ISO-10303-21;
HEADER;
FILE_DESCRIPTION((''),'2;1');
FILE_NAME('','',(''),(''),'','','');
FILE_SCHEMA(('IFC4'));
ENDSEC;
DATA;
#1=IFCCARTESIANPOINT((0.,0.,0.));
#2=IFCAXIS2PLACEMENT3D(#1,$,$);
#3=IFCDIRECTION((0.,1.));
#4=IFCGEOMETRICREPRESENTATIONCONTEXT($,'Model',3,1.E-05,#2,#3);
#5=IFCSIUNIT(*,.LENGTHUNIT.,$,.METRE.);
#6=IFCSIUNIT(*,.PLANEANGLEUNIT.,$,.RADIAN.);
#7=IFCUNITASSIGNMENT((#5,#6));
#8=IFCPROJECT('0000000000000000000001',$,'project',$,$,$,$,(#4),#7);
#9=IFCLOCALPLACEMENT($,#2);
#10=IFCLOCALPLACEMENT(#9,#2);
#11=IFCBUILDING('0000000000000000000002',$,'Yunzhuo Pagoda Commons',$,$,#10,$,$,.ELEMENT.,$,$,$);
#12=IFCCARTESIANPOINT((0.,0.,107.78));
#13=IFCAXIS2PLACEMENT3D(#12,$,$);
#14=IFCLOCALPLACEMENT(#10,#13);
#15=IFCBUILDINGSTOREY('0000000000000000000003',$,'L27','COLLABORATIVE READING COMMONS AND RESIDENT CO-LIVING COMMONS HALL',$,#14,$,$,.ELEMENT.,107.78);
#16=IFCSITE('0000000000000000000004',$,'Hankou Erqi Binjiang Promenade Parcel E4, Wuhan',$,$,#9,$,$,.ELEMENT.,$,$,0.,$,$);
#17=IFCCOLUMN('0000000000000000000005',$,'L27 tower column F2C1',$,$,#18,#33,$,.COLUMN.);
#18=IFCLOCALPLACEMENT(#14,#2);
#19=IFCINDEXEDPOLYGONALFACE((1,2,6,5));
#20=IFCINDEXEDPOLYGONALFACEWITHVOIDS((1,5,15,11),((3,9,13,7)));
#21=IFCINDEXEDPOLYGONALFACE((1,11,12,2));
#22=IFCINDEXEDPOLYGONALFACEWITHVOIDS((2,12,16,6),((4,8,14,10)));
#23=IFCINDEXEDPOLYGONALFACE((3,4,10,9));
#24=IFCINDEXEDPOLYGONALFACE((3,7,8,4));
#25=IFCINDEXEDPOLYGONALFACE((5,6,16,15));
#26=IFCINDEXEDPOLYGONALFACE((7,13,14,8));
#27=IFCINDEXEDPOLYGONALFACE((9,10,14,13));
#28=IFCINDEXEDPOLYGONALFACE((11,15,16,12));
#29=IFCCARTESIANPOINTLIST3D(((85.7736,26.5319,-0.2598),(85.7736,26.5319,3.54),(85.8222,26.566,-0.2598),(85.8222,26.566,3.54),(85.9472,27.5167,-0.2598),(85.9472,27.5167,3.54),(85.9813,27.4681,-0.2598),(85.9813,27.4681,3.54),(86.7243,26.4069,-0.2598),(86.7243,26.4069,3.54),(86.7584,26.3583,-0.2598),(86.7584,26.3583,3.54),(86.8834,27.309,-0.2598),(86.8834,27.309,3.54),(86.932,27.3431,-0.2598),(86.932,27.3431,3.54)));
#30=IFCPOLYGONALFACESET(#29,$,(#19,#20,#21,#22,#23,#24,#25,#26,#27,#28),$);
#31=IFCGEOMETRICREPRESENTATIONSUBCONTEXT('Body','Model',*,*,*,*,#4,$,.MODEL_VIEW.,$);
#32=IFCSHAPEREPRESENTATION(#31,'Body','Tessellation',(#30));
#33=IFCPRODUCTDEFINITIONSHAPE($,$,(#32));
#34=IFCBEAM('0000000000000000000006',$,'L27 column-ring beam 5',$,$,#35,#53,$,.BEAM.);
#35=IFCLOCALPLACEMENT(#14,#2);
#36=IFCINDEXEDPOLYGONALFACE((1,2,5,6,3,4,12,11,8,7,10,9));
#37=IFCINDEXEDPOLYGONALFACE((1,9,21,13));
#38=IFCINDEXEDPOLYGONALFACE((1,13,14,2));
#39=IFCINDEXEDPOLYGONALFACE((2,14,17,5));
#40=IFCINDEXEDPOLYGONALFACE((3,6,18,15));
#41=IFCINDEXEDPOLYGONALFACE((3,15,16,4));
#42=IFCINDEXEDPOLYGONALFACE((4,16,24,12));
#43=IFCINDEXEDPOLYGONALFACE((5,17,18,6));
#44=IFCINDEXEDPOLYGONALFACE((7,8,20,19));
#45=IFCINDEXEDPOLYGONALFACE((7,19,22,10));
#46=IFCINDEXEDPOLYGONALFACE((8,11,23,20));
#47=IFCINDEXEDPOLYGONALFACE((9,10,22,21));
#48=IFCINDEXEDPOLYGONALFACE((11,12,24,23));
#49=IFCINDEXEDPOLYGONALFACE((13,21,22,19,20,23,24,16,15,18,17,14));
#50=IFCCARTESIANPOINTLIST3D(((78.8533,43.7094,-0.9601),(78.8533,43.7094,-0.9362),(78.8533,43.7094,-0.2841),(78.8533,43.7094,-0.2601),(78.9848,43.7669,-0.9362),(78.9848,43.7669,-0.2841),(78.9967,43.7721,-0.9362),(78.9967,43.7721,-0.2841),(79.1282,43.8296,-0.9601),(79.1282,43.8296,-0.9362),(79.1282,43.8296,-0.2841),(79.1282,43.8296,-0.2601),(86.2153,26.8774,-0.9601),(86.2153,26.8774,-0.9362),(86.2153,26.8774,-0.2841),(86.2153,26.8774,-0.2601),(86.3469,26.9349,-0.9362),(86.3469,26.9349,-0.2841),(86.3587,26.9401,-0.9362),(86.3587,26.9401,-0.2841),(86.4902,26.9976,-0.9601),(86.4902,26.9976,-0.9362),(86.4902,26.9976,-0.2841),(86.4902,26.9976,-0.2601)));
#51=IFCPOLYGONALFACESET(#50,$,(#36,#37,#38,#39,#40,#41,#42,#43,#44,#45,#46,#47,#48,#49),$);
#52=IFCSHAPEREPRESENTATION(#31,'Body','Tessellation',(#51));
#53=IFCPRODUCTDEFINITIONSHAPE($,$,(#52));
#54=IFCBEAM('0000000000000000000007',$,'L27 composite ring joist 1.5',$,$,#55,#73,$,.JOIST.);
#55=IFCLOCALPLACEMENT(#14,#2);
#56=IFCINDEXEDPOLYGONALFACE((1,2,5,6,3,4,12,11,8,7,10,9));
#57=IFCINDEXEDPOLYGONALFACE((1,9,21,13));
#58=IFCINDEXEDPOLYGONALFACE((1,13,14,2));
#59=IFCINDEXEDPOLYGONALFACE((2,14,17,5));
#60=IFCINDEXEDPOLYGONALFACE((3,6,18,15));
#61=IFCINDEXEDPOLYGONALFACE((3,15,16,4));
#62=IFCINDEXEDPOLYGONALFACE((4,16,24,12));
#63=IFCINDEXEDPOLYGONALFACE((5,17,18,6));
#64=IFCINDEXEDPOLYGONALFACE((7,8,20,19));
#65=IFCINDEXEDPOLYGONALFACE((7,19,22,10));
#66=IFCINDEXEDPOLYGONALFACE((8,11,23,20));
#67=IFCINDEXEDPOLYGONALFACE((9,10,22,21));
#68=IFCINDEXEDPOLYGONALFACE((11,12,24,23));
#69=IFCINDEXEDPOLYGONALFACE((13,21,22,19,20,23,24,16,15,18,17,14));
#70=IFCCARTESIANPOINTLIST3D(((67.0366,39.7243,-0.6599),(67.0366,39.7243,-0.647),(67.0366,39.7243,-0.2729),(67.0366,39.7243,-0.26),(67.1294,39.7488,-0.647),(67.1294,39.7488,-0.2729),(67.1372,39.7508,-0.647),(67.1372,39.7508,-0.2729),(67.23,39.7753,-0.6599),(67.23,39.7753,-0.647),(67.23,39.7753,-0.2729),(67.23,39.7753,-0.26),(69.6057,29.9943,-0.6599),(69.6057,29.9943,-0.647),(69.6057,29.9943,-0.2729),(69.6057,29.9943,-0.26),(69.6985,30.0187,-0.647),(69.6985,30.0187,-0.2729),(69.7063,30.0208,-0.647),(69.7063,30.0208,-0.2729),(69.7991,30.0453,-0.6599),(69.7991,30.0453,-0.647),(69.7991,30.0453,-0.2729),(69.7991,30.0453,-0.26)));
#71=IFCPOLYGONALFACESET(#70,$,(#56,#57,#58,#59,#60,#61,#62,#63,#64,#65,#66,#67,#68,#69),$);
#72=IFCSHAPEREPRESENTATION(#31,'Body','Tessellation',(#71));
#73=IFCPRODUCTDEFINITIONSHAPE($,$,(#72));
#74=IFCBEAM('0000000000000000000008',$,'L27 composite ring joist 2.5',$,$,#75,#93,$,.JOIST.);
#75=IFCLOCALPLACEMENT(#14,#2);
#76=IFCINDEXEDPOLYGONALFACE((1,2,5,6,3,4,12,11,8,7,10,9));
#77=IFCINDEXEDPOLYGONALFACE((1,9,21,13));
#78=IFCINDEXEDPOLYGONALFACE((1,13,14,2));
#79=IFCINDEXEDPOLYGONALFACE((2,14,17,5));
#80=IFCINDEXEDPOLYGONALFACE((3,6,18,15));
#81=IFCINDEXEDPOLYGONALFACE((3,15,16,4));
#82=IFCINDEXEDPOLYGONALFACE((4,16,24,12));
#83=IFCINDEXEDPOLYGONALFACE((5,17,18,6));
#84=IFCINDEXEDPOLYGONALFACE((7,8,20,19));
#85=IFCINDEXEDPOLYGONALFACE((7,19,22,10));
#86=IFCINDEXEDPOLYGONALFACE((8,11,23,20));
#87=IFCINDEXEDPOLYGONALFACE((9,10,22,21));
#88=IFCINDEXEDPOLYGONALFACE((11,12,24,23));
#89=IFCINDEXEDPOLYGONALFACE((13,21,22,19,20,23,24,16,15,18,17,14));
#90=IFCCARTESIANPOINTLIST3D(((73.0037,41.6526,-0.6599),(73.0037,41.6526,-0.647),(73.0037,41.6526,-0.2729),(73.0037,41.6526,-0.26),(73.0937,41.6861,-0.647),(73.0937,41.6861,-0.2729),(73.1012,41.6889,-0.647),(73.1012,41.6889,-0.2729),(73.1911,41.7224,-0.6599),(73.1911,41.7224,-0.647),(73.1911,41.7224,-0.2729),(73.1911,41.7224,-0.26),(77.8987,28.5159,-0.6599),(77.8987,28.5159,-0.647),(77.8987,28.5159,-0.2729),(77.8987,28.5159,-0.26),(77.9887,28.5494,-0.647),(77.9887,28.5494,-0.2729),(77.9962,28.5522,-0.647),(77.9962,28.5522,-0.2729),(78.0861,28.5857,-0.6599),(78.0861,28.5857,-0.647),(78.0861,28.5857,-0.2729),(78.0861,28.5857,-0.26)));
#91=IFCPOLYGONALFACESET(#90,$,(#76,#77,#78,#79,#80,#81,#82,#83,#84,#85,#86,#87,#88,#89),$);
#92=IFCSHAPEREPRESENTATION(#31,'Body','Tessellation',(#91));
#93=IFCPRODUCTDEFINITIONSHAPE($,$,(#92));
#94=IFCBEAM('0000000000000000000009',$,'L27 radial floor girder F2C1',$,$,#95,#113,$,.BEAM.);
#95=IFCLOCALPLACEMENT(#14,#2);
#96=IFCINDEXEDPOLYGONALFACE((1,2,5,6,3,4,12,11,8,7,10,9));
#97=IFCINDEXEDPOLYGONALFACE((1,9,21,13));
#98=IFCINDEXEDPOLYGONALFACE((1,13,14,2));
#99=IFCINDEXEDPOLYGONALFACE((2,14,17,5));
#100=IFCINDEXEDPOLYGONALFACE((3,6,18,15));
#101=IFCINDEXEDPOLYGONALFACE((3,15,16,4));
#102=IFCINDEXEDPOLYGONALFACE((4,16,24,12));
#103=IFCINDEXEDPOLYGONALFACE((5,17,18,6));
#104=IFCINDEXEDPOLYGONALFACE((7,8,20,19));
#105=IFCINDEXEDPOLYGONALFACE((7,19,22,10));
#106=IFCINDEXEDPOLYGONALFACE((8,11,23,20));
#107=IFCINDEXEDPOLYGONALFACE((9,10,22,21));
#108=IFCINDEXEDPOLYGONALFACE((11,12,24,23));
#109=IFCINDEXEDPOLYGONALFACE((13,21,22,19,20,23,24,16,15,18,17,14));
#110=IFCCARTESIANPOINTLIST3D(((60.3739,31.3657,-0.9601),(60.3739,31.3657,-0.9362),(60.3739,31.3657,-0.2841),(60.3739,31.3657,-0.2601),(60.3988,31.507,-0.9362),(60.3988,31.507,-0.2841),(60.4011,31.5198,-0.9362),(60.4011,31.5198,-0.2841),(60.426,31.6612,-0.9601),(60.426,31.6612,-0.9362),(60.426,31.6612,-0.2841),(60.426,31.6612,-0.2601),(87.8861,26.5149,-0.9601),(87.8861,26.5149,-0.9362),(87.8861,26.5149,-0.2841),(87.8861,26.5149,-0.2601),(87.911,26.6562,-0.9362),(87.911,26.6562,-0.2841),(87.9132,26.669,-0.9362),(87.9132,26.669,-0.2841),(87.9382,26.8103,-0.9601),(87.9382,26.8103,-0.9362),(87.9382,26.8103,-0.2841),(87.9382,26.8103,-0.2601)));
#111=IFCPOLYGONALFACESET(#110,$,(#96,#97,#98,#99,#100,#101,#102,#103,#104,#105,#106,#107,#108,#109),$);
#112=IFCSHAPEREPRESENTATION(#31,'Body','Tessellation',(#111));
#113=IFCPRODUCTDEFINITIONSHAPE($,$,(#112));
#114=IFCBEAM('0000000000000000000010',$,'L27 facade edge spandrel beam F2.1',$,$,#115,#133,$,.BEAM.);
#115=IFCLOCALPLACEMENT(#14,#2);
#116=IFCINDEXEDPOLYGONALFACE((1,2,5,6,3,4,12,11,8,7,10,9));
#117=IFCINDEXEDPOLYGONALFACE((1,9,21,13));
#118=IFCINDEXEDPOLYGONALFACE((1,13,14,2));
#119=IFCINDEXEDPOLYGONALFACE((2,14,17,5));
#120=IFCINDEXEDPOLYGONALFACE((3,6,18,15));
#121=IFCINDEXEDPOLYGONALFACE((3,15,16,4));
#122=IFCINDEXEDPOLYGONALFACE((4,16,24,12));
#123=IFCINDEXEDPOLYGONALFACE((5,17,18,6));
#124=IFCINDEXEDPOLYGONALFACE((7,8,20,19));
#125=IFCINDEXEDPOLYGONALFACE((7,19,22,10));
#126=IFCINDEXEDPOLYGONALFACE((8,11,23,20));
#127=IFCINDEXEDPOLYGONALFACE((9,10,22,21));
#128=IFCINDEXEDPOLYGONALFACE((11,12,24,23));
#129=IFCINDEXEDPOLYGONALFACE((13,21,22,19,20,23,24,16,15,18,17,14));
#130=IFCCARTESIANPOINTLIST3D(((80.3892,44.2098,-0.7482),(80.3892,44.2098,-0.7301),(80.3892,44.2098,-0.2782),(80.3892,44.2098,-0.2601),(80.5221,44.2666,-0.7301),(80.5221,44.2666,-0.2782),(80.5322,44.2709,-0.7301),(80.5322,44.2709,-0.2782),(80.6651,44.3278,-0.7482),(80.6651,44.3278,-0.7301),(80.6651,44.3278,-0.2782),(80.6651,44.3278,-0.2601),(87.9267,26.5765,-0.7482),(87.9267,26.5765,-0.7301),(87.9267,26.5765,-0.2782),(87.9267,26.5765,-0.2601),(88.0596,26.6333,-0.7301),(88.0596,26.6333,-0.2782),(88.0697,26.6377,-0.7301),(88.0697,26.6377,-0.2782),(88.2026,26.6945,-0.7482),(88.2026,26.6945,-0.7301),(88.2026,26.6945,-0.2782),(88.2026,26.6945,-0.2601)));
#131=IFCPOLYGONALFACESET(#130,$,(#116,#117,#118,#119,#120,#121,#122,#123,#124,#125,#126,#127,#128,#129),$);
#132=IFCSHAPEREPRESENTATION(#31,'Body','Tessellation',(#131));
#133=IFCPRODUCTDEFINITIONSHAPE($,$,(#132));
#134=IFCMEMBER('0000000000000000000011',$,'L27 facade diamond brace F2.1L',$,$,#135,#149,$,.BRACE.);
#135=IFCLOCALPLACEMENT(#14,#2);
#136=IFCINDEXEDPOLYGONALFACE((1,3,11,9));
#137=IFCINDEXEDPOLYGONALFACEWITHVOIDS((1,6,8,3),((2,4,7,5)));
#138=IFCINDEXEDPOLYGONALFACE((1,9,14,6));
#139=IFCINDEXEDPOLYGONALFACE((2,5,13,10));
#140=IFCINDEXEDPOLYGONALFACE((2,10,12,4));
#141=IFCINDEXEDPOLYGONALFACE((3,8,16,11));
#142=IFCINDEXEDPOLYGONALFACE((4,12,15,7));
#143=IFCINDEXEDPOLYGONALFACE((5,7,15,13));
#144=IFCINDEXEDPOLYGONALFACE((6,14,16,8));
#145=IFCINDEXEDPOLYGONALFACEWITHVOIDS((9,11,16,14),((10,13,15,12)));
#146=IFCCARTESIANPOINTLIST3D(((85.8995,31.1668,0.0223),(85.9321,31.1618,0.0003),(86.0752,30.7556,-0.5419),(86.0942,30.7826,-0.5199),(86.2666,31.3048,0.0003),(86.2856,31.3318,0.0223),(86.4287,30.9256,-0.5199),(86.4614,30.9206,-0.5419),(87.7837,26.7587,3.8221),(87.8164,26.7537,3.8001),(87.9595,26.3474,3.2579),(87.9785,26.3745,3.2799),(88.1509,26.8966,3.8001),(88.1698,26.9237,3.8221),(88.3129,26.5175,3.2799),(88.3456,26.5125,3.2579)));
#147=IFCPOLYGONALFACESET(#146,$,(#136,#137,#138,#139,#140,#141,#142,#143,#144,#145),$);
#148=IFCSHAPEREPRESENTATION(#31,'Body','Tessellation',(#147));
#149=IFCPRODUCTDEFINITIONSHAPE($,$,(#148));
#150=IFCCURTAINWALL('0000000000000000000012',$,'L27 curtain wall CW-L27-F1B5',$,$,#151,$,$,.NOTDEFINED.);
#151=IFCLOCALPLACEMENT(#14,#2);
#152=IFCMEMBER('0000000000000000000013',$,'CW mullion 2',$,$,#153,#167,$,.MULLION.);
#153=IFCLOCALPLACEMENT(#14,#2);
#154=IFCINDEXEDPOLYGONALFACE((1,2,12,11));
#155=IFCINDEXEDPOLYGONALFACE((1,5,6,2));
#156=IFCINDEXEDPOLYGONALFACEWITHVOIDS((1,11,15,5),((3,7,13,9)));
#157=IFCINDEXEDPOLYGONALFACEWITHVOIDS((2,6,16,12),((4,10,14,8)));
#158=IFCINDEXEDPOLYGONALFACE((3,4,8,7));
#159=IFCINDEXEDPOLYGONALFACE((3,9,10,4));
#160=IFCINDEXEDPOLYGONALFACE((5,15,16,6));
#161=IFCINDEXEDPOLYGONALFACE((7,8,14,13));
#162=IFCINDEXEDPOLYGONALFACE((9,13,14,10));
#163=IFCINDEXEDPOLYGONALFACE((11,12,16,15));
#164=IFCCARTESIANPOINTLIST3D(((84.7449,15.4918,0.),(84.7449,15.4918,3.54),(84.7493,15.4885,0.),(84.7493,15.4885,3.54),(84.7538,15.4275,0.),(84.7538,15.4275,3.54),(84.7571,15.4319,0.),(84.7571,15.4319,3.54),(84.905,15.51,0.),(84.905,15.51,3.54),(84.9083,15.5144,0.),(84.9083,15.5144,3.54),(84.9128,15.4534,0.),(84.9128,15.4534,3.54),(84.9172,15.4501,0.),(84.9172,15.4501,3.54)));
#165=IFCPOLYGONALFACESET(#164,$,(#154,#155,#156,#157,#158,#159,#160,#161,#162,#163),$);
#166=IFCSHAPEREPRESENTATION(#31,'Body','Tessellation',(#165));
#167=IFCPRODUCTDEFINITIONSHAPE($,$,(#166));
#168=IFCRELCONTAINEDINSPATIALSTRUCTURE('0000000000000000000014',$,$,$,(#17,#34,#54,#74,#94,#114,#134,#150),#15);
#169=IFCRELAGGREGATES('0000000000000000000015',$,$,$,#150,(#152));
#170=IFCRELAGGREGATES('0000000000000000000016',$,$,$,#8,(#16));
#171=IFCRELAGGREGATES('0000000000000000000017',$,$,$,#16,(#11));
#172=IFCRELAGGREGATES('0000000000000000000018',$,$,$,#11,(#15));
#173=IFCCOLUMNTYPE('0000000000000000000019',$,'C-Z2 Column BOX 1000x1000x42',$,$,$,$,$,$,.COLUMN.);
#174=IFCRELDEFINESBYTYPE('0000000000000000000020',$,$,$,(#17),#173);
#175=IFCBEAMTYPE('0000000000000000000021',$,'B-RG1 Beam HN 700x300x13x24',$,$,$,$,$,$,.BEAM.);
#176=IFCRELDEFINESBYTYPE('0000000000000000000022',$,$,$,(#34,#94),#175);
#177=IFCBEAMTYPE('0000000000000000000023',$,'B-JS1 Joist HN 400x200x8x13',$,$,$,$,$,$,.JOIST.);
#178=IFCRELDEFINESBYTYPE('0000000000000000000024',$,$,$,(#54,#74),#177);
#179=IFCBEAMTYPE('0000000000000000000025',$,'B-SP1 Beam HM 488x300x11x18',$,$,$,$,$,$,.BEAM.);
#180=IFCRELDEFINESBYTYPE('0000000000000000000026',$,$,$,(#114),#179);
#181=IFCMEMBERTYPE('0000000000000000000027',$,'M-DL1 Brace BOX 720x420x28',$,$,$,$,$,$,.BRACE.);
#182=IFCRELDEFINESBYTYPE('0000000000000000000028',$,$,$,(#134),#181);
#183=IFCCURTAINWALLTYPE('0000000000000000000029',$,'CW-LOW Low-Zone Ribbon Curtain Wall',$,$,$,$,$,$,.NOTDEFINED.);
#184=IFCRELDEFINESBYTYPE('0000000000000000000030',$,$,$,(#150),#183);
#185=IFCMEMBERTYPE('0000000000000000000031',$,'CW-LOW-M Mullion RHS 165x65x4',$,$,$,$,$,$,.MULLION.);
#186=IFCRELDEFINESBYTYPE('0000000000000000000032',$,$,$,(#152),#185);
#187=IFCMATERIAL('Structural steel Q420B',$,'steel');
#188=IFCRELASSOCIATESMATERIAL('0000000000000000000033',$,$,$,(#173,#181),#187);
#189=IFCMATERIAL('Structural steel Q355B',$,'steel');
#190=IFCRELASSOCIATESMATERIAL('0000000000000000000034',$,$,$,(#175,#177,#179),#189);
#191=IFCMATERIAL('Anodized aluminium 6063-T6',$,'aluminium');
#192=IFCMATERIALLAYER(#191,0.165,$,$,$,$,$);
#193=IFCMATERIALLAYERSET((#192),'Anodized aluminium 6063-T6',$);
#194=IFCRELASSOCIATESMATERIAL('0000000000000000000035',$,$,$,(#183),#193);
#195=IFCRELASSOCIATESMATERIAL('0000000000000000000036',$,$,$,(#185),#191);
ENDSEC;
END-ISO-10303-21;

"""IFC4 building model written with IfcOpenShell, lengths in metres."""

from ifc_helpers import new_model, si_unit, direction, frame, origin, origin_2d, place, context, subcontext, project, spatial, hollow_rectangle, i_section, extrude, source, transform, mapped, material, layer, layer_set, material_profile, profile_set, type_object, element, aggregate, save


model = new_model("IFC4")

# Units and contexts
model_context = context("Model", 3, precision=1e-05, world=origin(), true_north=direction((0.0, 1.0)))
body_context = subcontext(model_context, "Body", "Model", "MODEL_VIEW")
ifc_project = project(units=[si_unit("LENGTHUNIT", "METRE"), si_unit("PLANEANGLEUNIT", "RADIAN")], contexts=[model_context])

# Site, building, storey
site_placement = place(None, origin())
site = spatial("IfcSite", under=ifc_project, at=site_placement, Name="Hankou Erqi Binjiang Promenade Parcel E4, Wuhan", CompositionType="ELEMENT", RefElevation=0.0)
building_placement = place(site_placement, origin())
building = spatial("IfcBuilding", under=site, at=building_placement, Name="Yunzhuo Pagoda Commons", CompositionType="ELEMENT")
storey_placement = place(building_placement, frame((0.0, 0.0, 107.78)))
storey = spatial("IfcBuildingStorey", under=building, at=storey_placement, Name="L27", Description="COLLABORATIVE READING COMMONS AND RESIDENT CO-LIVING COMMONS HALL", CompositionType="ELEMENT", Elevation=107.78)

# Column
ifc_material_1 = material(Name="Structural steel Q420B", Category="steel")
ifc_material_profile_1 = material_profile(ifc_material_1, hollow_rectangle(XDim=1.0, YDim=1.0, WallThickness=0.042, at=origin_2d()), Name="Structural steel Q420B")
ifc_profile_set_1 = profile_set([ifc_material_profile_1], Name="Structural steel Q420B")
column_type = type_object("IfcColumnType", Name="C-Z2 Column BOX 1000x1000x42", PredefinedType="COLUMN", material=ifc_profile_set_1)
shared_shape_1 = source(origin(), body_context, "Body", "SweptSolid", [
    extrude(hollow_rectangle(XDim=1.0, YDim=1.0, WallThickness=0.042, at=origin_2d()), origin(), (0.0, 0.0, 1.0), 3.7998),
])
column_placement = place(storey_placement, frame((86.3528, 26.9375, -0.2598), z_axis=(0.0, 0.0, 1.0), x_axis=(0.173648, 0.984808, 0.0)))
element("IfcColumn", 1, at=column_placement, inside=storey, type_object=column_type, Name="L27 tower column F2C1", PredefinedType="COLUMN", context=body_context, shape_type="MappedRepresentation", body=[
    mapped(shared_shape_1, transform((0.0, 0.0, 0.0), scale=1.0)),
])

# Beams
ifc_material_2 = material(Name="Structural steel Q355B", Category="steel")
ifc_material_profile_2 = material_profile(ifc_material_2, i_section(OverallWidth=0.3, OverallDepth=0.7, WebThickness=0.0129, FlangeThickness=0.0239, at=origin_2d()), Name="Structural steel Q355B")
ifc_profile_set_2 = profile_set([ifc_material_profile_2], Name="Structural steel Q355B")
beam_type_1 = type_object("IfcBeamType", Name="B-RG1 Beam HN 700x300x13x24", PredefinedType="BEAM", material=ifc_profile_set_2)
shared_shape_2 = source(origin(), body_context, "Body", "SweptSolid", [
    extrude(i_section(OverallWidth=0.3, OverallDepth=0.7, WebThickness=0.0129, FlangeThickness=0.0239, at=origin_2d()), origin(), (0.0, 0.0, 1.0), 18.3716),
])
beam_1_placement = place(storey_placement, frame((86.3528, 26.9375, -0.6101), z_axis=(-0.40073, 0.916196, 0.0), x_axis=(-0.916196, -0.40073, 0.0)))
element("IfcBeam", 2, at=beam_1_placement, inside=storey, type_object=beam_type_1, Name="L27 column-ring beam 5", PredefinedType="BEAM", context=body_context, shape_type="MappedRepresentation", body=[
    mapped(shared_shape_2, transform((0.0, 0.0, 0.0), scale=1.0)),
])
ifc_material_profile_3 = material_profile(ifc_material_2, i_section(OverallWidth=0.2, OverallDepth=0.3999, WebThickness=0.0081, FlangeThickness=0.0129, at=origin_2d()), Name="Structural steel Q355B")
ifc_profile_set_3 = profile_set([ifc_material_profile_3], Name="Structural steel Q355B")
beam_type_2 = type_object("IfcBeamType", Name="B-JS1 Joist HN 400x200x8x13", PredefinedType="JOIST", material=ifc_profile_set_3)
shared_shape_3 = source(origin(), body_context, "Body", "SweptSolid", [
    extrude(i_section(OverallWidth=0.2, OverallDepth=0.3999, WebThickness=0.0081, FlangeThickness=0.0129, at=origin_2d()), origin(), (0.0, 0.0, 1.0), 10.0635),
])
beam_2_placement = place(storey_placement, frame((69.7024, 30.0198, -0.46), z_axis=(-0.25529, 0.966865, 0.0), x_axis=(-0.966865, -0.25529, 0.0)))
element("IfcBeam", 3, at=beam_2_placement, inside=storey, type_object=beam_type_2, Name="L27 composite ring joist 1.5", PredefinedType="JOIST", context=body_context, shape_type="MappedRepresentation", body=[
    mapped(shared_shape_3, transform((0.0, 0.0, 0.0), scale=1.0)),
])
shared_shape_4 = source(origin(), body_context, "Body", "SweptSolid", [
    extrude(i_section(OverallWidth=0.2, OverallDepth=0.3999, WebThickness=0.0081, FlangeThickness=0.0129, at=origin_2d()), origin(), (0.0, 0.0, 1.0), 14.019),
])
beam_3_placement = place(storey_placement, frame((77.9924, 28.5508, -0.46), z_axis=(-0.349168, 0.93706, 0.0), x_axis=(-0.93706, -0.349168, 0.0)))
element("IfcBeam", 4, at=beam_3_placement, inside=storey, type_object=beam_type_2, Name="L27 composite ring joist 2.5", PredefinedType="JOIST", context=body_context, shape_type="MappedRepresentation", body=[
    mapped(shared_shape_4, transform((0.0, 0.0, 0.0), scale=1.0)),
])
shared_shape_5 = source(origin(), body_context, "Body", "SweptSolid", [
    extrude(i_section(OverallWidth=0.3, OverallDepth=0.7, WebThickness=0.0129, FlangeThickness=0.0239, at=origin_2d()), origin(), (0.0, 0.0, 1.0), 27.9365),
])
beam_4_placement = place(storey_placement, frame((87.9121, 26.6626, -0.6101), z_axis=(-0.98481, 0.173637, 0.0), x_axis=(-0.173637, -0.98481, 0.0)))
element("IfcBeam", 5, at=beam_4_placement, inside=storey, type_object=beam_type_1, Name="L27 radial floor girder F2C1", PredefinedType="BEAM", context=body_context, shape_type="MappedRepresentation", body=[
    mapped(shared_shape_5, transform((0.0, 0.0, 0.0), scale=1.0)),
])
ifc_material_profile_4 = material_profile(ifc_material_2, i_section(OverallWidth=0.3, OverallDepth=0.488, WebThickness=0.011, FlangeThickness=0.0181, at=origin_2d()), Name="Structural steel Q355B")
ifc_profile_set_4 = profile_set([ifc_material_profile_4], Name="Structural steel Q355B")
beam_type_3 = type_object("IfcBeamType", Name="B-SP1 Beam HM 488x300x11x18", PredefinedType="BEAM", material=ifc_profile_set_4)
shared_shape_6 = source(origin(), body_context, "Body", "SweptSolid", [
    extrude(i_section(OverallWidth=0.3, OverallDepth=0.488, WebThickness=0.011, FlangeThickness=0.0181, at=origin_2d()), origin(), (0.0, 0.0, 1.0), 19.1768),
])
beam_5_placement = place(storey_placement, frame((88.0647, 26.6355, -0.5042), z_axis=(-0.393059, 0.919513, 0.0), x_axis=(-0.919513, -0.393059, 0.0)))
element("IfcBeam", 6, at=beam_5_placement, inside=storey, type_object=beam_type_3, Name="L27 facade edge spandrel beam F2.1", PredefinedType="BEAM", context=body_context, shape_type="MappedRepresentation", body=[
    mapped(shared_shape_6, transform((0.0, 0.0, 0.0), scale=1.0)),
])

# Member
ifc_material_profile_5 = material_profile(ifc_material_1, hollow_rectangle(XDim=0.4199, YDim=0.72, WallThickness=0.0281, at=origin_2d()), Name="Structural steel Q420B")
ifc_profile_set_5 = profile_set([ifc_material_profile_5], Name="Structural steel Q420B")
member_type_1 = type_object("IfcMemberType", Name="M-DL1 Brace BOX 720x420x28", PredefinedType="BRACE", material=ifc_profile_set_5)
shared_shape_7 = source(origin(), body_context, "Body", "SweptSolid", [
    extrude(hollow_rectangle(XDim=0.4199, YDim=0.72, WallThickness=0.0281, at=origin_2d()), origin(), (0.0, 0.0, 1.0), 6.1172),
])
member_1_placement = place(storey_placement, frame((86.1804, 31.0437, -0.2598), z_axis=(0.308025, -0.720613, 0.621158), x_axis=(0.919519, 0.393046, 0.0)))
element("IfcMember", 7, at=member_1_placement, inside=storey, type_object=member_type_1, Name="L27 facade diamond brace F2.1L", PredefinedType="BRACE", context=body_context, shape_type="MappedRepresentation", body=[
    mapped(shared_shape_7, transform((0.0, 0.0, 0.0), scale=1.0)),
])

# Curtain wall, member
ifc_material_3 = material(Name="Anodized aluminium 6063-T6", Category="aluminium")
ifc_layer_1 = layer(ifc_material_3, 0.165)
ifc_layer_set_1 = layer_set([ifc_layer_1], Name="Anodized aluminium 6063-T6")
curtain_wall_type = type_object("IfcCurtainWallType", Name="CW-LOW Low-Zone Ribbon Curtain Wall", PredefinedType="NOTDEFINED", material=ifc_layer_set_1)
curtain_wall_1_placement = place(storey_placement, origin())
curtain_wall_1 = element("IfcCurtainWall", 8, at=curtain_wall_1_placement, inside=storey, type_object=curtain_wall_type, Name="L27 curtain wall CW-L27-F1B5", PredefinedType="NOTDEFINED")
ifc_material_profile_6 = material_profile(ifc_material_3, hollow_rectangle(XDim=0.0649, YDim=0.165, WallThickness=0.0039, at=origin_2d()), Name="Anodized aluminium 6063-T6")
ifc_profile_set_6 = profile_set([ifc_material_profile_6], Name="Anodized aluminium 6063-T6")
member_type_2 = type_object("IfcMemberType", Name="CW-LOW-M Mullion RHS 165x65x4", PredefinedType="MULLION", material=ifc_profile_set_6)
shared_shape_8 = source(origin(), body_context, "Body", "SweptSolid", [
    extrude(hollow_rectangle(XDim=0.0649, YDim=0.165, WallThickness=0.0039, at=origin_2d()), origin(), (0.0, 0.0, 1.0), 3.54),
])
member_2_placement = place(storey_placement, frame((84.8311, 15.4709, 0.0), z_axis=(0.0, 0.0, 1.0), x_axis=(-0.137082, 0.99056, 0.0)))
member_2 = element("IfcMember", 9, at=member_2_placement, type_object=member_type_2, Name="CW mullion 2", PredefinedType="MULLION", context=body_context, shape_type="MappedRepresentation", body=[
    mapped(shared_shape_8, transform((0.0, 0.0, 0.0), scale=1.0)),
])

aggregate(curtain_wall_1, [member_2])

save(model, "model.ifc")
